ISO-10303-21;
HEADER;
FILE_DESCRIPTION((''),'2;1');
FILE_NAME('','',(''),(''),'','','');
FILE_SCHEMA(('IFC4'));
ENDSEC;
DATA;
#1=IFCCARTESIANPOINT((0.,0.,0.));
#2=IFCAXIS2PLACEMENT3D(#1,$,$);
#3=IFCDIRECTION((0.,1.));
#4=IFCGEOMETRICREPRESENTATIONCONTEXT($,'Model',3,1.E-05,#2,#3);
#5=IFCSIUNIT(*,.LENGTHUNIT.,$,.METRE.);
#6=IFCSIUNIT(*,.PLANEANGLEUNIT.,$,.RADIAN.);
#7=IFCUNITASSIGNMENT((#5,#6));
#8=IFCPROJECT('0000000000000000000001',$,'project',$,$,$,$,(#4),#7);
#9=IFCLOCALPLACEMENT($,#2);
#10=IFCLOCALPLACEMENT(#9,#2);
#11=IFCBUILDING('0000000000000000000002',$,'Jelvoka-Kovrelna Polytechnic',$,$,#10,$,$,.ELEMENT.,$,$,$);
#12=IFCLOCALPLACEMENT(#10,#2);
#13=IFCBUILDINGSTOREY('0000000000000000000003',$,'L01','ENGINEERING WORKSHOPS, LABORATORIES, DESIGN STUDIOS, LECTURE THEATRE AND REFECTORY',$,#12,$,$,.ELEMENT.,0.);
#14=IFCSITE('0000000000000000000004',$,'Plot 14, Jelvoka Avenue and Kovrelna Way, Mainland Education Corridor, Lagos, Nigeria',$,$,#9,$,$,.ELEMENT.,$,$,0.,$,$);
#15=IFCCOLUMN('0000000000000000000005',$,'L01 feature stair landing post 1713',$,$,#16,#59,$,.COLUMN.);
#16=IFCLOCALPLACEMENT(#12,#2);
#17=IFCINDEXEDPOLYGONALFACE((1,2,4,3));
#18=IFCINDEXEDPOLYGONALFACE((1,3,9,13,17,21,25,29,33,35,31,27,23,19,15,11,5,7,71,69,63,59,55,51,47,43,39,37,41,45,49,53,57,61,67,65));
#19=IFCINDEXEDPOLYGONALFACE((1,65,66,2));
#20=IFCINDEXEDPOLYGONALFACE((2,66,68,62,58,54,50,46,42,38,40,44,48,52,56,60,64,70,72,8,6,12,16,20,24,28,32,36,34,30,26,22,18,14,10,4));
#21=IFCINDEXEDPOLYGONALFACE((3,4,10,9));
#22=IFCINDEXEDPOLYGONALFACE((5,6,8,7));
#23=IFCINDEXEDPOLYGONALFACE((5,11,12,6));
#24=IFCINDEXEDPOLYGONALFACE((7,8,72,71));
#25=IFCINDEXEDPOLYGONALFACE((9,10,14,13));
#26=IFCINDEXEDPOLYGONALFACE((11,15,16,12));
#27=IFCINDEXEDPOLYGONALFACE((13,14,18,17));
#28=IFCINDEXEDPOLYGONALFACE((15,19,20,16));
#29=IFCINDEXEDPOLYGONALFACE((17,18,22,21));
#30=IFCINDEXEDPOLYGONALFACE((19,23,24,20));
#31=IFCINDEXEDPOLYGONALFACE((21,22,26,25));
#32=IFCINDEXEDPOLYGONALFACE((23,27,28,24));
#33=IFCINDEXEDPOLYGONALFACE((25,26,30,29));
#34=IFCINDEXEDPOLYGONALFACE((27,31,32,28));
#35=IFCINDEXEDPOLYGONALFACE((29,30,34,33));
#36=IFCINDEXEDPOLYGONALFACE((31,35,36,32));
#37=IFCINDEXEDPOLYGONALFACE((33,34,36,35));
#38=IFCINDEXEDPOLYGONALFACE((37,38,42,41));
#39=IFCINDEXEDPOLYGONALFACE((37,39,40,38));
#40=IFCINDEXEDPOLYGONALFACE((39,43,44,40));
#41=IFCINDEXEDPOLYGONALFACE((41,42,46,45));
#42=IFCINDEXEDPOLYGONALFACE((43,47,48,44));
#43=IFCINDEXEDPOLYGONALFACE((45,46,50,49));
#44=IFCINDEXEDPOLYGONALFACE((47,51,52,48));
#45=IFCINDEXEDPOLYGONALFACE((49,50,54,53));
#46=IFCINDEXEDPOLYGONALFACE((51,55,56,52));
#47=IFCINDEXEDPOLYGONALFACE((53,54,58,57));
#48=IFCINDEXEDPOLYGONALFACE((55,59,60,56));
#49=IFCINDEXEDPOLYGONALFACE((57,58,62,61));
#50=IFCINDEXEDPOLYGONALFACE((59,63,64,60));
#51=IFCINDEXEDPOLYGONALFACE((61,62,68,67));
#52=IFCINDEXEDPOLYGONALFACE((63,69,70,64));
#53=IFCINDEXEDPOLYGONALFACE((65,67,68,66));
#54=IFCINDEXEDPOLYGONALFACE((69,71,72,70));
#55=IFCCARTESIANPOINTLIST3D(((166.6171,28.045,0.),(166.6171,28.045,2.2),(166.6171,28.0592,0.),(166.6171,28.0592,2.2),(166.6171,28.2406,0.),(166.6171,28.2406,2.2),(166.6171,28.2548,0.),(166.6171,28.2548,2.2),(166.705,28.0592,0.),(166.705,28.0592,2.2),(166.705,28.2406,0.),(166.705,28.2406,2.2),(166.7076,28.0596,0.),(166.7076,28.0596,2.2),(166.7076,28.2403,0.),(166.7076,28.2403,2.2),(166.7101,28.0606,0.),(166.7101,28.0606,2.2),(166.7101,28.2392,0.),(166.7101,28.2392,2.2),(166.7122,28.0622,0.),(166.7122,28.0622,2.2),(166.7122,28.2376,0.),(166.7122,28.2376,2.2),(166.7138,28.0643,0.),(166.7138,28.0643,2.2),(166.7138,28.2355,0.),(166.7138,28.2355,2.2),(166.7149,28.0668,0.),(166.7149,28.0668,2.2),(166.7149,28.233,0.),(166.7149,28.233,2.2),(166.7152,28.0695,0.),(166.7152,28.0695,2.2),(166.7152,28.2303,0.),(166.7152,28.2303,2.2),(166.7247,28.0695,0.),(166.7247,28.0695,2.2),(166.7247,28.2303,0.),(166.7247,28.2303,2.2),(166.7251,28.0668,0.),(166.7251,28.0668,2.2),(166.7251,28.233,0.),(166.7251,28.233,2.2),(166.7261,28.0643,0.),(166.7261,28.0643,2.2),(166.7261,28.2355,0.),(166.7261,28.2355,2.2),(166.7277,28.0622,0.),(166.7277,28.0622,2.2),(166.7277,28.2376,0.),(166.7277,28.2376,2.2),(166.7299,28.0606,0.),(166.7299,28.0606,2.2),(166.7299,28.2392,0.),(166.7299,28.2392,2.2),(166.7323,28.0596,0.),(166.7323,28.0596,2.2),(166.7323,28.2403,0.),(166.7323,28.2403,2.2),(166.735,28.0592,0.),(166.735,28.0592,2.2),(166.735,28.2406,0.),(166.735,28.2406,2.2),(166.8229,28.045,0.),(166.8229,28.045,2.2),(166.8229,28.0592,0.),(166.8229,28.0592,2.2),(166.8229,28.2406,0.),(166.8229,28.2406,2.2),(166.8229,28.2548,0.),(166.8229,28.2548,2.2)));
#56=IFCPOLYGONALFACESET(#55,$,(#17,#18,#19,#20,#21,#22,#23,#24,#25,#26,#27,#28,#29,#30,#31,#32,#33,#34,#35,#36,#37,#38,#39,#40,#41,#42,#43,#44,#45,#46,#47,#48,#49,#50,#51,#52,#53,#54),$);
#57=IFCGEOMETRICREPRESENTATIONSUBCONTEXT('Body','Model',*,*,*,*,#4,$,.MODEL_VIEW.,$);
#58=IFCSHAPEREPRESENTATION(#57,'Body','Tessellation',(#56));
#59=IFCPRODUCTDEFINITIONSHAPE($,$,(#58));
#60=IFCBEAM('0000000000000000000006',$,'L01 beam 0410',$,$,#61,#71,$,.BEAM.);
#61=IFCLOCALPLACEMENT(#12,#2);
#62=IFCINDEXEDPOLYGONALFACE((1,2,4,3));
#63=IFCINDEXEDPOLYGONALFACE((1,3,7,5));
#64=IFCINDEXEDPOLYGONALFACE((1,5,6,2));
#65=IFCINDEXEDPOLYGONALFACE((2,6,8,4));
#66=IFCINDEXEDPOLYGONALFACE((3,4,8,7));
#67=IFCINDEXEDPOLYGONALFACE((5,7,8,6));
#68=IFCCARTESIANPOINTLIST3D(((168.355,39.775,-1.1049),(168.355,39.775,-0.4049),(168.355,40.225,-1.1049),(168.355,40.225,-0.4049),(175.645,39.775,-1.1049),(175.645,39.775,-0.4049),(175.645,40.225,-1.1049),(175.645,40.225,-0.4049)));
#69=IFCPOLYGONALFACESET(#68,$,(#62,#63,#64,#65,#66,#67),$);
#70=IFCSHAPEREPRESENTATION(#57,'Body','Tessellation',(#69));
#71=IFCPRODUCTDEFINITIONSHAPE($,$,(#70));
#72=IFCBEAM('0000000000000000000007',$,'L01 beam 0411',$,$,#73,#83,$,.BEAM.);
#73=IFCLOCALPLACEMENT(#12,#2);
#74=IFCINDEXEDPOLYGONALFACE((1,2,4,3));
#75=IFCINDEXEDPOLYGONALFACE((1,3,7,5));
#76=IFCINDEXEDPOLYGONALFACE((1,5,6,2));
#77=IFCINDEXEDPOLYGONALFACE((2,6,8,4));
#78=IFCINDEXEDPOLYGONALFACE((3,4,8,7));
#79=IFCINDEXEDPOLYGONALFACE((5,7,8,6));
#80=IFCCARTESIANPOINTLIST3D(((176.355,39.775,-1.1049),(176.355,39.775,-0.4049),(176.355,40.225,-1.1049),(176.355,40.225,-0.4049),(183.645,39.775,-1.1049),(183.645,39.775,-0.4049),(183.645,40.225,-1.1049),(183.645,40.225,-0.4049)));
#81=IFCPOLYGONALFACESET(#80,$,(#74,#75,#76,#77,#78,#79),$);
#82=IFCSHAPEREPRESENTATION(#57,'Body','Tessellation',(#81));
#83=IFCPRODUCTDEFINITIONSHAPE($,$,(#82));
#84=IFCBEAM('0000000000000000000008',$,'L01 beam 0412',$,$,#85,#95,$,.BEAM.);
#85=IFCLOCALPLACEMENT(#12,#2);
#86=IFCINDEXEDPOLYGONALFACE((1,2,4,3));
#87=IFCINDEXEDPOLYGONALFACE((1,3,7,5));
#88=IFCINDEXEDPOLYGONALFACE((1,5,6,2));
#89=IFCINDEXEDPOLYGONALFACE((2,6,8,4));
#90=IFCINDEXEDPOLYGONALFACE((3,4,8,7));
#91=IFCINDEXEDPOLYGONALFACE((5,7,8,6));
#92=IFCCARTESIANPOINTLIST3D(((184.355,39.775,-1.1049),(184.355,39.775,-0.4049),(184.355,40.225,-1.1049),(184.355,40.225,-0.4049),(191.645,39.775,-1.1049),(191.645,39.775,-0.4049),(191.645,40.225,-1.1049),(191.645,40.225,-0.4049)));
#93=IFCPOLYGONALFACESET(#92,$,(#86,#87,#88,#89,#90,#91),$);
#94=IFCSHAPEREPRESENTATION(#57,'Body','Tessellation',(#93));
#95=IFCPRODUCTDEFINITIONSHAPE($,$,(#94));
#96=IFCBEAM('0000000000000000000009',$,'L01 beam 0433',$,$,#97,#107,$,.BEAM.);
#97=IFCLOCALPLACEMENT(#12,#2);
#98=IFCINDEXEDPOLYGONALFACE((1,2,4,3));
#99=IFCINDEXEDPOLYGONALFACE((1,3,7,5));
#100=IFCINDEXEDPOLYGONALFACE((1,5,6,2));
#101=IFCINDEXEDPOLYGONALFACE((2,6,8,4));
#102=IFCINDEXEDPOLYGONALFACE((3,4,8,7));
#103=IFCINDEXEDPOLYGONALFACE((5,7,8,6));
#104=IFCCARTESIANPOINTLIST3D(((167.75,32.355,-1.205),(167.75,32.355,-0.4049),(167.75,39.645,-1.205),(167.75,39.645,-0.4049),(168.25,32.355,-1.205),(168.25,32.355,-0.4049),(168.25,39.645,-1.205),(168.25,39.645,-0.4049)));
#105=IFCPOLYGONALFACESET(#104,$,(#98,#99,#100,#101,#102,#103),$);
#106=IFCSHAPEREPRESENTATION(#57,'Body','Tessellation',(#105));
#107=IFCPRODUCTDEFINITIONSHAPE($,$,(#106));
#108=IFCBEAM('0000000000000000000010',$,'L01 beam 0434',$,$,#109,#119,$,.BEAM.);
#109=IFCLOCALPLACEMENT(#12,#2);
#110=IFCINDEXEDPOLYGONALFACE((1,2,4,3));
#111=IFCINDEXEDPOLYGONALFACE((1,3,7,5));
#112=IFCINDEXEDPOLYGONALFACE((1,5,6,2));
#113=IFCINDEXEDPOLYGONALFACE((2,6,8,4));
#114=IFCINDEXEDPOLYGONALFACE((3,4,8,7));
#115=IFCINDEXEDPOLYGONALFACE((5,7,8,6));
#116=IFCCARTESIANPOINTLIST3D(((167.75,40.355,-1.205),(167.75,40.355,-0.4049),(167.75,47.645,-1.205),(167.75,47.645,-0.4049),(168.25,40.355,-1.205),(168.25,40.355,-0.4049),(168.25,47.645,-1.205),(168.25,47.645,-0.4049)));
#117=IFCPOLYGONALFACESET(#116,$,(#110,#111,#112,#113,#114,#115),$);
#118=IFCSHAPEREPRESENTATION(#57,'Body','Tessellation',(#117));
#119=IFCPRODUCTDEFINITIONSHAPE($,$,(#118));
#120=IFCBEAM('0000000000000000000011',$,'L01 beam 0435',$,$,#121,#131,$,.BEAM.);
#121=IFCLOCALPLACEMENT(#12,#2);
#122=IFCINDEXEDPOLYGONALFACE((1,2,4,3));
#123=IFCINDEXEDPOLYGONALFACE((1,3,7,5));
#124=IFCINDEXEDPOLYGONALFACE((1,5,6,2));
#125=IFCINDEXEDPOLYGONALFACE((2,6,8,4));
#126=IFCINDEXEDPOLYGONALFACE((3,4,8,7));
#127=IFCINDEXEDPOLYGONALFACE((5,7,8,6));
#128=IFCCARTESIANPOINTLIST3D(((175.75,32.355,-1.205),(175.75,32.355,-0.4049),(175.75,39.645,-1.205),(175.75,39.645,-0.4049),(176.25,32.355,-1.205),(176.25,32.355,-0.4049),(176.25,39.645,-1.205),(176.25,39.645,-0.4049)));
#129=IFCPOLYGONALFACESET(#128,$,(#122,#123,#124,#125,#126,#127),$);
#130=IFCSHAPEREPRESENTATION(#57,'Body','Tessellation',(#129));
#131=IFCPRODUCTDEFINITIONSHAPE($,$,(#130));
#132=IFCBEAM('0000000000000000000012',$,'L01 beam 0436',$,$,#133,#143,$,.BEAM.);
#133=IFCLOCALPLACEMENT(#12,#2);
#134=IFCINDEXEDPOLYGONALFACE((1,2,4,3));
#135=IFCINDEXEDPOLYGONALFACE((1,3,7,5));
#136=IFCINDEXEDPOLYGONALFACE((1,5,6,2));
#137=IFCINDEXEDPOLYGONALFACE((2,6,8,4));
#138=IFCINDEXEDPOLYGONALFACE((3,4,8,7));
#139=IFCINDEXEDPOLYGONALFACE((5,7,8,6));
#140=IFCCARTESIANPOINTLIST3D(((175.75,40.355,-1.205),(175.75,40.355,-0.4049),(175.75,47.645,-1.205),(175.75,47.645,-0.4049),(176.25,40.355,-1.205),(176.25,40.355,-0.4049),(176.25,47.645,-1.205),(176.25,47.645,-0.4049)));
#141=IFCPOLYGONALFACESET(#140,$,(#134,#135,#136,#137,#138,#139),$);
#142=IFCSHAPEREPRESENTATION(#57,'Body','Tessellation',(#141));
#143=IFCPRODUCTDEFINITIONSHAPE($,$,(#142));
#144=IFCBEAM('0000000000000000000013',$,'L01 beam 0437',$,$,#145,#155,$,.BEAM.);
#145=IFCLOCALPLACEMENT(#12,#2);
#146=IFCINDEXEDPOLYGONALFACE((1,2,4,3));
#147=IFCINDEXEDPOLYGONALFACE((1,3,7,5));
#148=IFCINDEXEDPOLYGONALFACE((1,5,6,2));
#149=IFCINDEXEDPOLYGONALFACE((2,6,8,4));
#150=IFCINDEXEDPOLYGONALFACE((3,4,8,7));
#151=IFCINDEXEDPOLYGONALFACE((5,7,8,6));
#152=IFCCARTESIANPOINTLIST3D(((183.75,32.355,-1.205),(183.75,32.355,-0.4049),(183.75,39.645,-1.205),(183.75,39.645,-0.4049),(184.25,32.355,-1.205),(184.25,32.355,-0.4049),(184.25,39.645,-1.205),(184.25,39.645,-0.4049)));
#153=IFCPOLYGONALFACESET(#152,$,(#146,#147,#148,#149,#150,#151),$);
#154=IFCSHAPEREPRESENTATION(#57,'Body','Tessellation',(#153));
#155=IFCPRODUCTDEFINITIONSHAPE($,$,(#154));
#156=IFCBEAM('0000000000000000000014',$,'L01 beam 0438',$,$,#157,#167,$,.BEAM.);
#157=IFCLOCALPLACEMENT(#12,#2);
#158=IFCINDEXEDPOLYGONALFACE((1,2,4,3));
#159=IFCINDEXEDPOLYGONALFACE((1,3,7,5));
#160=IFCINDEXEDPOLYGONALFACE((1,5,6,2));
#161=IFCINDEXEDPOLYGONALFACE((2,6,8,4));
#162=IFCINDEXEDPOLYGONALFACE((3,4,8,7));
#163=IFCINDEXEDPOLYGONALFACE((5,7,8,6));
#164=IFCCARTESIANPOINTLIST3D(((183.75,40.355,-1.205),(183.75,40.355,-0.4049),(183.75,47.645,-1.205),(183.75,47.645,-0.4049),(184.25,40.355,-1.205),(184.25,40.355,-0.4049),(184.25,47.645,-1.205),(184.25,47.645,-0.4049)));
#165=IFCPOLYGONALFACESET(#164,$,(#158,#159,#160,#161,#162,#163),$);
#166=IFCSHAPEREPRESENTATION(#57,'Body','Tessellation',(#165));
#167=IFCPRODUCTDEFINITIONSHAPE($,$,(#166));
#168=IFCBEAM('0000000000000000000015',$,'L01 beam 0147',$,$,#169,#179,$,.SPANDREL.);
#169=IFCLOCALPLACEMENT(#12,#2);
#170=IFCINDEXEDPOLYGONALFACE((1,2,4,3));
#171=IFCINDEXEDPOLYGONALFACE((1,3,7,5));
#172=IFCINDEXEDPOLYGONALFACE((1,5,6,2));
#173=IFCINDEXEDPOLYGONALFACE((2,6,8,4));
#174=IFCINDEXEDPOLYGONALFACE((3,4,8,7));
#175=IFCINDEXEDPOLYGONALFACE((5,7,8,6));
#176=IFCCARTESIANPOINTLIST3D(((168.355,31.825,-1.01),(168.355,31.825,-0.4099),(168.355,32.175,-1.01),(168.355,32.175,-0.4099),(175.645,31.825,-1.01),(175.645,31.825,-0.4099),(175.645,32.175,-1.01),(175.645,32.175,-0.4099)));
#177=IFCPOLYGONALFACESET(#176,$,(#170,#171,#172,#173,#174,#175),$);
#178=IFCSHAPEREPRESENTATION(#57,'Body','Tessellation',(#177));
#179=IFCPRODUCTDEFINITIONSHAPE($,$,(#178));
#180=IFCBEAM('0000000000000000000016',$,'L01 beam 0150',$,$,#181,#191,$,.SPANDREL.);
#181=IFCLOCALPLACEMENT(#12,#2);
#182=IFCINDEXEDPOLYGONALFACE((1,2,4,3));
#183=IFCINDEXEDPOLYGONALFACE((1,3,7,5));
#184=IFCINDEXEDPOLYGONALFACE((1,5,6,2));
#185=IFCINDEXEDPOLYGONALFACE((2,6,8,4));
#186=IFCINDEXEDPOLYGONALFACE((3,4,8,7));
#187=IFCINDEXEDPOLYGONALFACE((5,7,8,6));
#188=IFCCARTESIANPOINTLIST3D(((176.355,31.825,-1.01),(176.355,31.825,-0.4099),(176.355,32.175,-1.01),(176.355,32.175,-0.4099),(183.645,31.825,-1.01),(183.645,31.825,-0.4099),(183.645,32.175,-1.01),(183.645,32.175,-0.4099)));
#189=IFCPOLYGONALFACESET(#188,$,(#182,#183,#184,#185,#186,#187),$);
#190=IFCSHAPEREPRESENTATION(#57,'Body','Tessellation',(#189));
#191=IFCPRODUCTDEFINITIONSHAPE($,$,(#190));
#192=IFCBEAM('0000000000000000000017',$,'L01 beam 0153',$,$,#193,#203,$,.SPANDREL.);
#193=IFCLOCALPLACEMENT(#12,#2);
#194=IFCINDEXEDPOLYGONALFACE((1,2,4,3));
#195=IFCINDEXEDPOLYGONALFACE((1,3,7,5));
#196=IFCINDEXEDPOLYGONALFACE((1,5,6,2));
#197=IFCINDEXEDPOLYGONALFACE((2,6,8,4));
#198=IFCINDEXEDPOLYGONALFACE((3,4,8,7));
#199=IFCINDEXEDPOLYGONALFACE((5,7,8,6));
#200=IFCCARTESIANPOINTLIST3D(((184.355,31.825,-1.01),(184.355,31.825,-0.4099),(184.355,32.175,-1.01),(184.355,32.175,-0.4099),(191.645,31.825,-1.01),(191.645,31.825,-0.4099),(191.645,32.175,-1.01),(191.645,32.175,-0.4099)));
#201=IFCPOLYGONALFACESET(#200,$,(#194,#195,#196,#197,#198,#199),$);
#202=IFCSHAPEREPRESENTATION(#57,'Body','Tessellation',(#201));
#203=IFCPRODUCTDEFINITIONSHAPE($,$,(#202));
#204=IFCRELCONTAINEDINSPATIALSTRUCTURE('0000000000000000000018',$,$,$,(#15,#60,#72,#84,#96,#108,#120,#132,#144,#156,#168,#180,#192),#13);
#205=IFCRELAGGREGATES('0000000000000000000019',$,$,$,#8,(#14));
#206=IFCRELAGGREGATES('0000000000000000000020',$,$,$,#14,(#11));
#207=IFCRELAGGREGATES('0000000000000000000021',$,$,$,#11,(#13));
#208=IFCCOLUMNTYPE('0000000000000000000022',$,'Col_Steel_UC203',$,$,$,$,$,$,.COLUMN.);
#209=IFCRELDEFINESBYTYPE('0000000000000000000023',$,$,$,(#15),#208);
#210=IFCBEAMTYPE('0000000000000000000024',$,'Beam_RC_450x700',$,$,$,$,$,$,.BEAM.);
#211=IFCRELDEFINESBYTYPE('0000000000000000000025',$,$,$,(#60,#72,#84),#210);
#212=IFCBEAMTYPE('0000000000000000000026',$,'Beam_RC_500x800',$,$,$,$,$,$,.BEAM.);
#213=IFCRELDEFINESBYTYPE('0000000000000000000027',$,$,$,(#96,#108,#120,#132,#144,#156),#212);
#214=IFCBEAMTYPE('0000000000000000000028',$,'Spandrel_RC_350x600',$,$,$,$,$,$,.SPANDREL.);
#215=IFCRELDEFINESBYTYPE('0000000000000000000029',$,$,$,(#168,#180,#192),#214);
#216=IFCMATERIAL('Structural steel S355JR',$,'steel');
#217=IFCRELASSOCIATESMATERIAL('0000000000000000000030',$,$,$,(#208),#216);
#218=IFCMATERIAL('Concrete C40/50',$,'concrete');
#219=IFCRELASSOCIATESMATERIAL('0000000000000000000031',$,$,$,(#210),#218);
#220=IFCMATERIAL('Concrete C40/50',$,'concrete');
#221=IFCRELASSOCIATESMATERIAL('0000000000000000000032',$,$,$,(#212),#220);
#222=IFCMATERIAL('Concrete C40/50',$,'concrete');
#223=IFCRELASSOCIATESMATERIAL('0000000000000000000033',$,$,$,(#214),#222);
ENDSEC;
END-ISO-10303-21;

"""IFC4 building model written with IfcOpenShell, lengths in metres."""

from ifc_helpers import new_model, si_unit, direction, frame, origin, origin_2d, place, context, subcontext, project, spatial, rectangle, i_section, extrude, material, material_profile, profile_set, type_object, element, save


model = new_model("IFC4")

# Units and contexts
model_context = context("Model", 3, precision=1e-05, world=origin(), true_north=direction((0.0, 1.0)))
body_context = subcontext(model_context, "Body", "Model", "MODEL_VIEW")
ifc_project = project(units=[si_unit("LENGTHUNIT", "METRE"), si_unit("PLANEANGLEUNIT", "RADIAN")], contexts=[model_context])

# Site, building, storey
site_placement = place(None, origin())
site = spatial("IfcSite", under=ifc_project, at=site_placement, Name="Plot 14, Jelvoka Avenue and Kovrelna Way, Mainland Education Corridor, Lagos, Nigeria", CompositionType="ELEMENT", RefElevation=0.0)
building_placement = place(site_placement, origin())
building = spatial("IfcBuilding", under=site, at=building_placement, Name="Jelvoka-Kovrelna Polytechnic", CompositionType="ELEMENT")
storey_placement = place(building_placement, origin())
storey = spatial("IfcBuildingStorey", under=building, at=storey_placement, Name="L01", Description="ENGINEERING WORKSHOPS, LABORATORIES, DESIGN STUDIOS, LECTURE THEATRE AND REFECTORY", CompositionType="ELEMENT", Elevation=0.0)

# Column
ifc_material_1 = material(Name="Structural steel S355JR", Category="steel")
ifc_material_profile_1 = material_profile(ifc_material_1, i_section(OverallWidth=0.2058, OverallDepth=0.2097, WebThickness=0.0095, FlangeThickness=0.0142, FilletRadius=0.0103, at=origin_2d()), Name="203x203x60 UC")
ifc_profile_set_1 = profile_set([ifc_material_profile_1], Name="Structural steel S355JR")
column_type_1 = type_object("IfcColumnType", Name="Col_Steel_UC203", PredefinedType="COLUMN", material=ifc_profile_set_1)
for number, where, z_axis, x_axis, name in (
    (1, (166.72, 28.1499, 0.0), (0.0, 0.0, 1.0), (1.0, 0.0, 0.0), "L01 feature stair landing post 1713"),
):
    element("IfcColumn", number, at=place(storey_placement, frame(where, z_axis=z_axis, x_axis=x_axis)), inside=storey, type_object=column_type_1, Name=name, PredefinedType="COLUMN", context=body_context, shape_type="SweptSolid", body=[
        extrude(i_section(OverallWidth=0.2058, OverallDepth=0.2097, WebThickness=0.0095, FlangeThickness=0.0142, FilletRadius=0.0103, at=origin_2d()), origin(), (0.0, 0.0, 1.0), 2.2),
    ])

# Beams
ifc_material_2 = material(Name="Concrete C40/50", Category="concrete")
ifc_material_profile_2 = material_profile(ifc_material_2, rectangle(XDim=0.45, YDim=0.7, at=origin_2d()), Name="RC 450x700")
ifc_profile_set_2 = profile_set([ifc_material_profile_2], Name="Concrete C40/50")
beam_type_1 = type_object("IfcBeamType", Name="Beam_RC_450x700", PredefinedType="BEAM", material=ifc_profile_set_2)
for number, where, z_axis, x_axis, name in (
    (2, (168.355, 40.0, -0.7549), (1.0, 0.0, 0.0), (0.0, 1.0, 0.0), "L01 beam 0410"),
    (3, (176.355, 40.0, -0.7549), (1.0, 0.0, 0.0), (0.0, 1.0, 0.0), "L01 beam 0411"),
    (4, (184.355, 40.0, -0.7549), (1.0, 0.0, 0.0), (0.0, 1.0, 0.0), "L01 beam 0412"),
):
    element("IfcBeam", number, at=place(storey_placement, frame(where, z_axis=z_axis, x_axis=x_axis)), inside=storey, type_object=beam_type_1, Name=name, PredefinedType="BEAM", context=body_context, shape_type="SweptSolid", body=[
        extrude(rectangle(XDim=0.45, YDim=0.7, at=origin_2d()), origin(), (0.0, 0.0, 1.0), 7.29),
    ])
ifc_material_3 = material(Name="Concrete C40/50", Category="concrete")
ifc_material_profile_3 = material_profile(ifc_material_3, rectangle(XDim=0.5, YDim=0.8, at=origin_2d()), Name="RC 500x800")
ifc_profile_set_3 = profile_set([ifc_material_profile_3], Name="Concrete C40/50")
beam_type_2 = type_object("IfcBeamType", Name="Beam_RC_500x800", PredefinedType="BEAM", material=ifc_profile_set_3)
for number, where, z_axis, x_axis, name in (
    (5, (168.0, 32.355, -0.8049), (0.0, 1.0, 0.0), (-1.0, 0.0, 0.0), "L01 beam 0433"),
    (6, (168.0, 40.355, -0.8049), (0.0, 1.0, 0.0), (-1.0, 0.0, 0.0), "L01 beam 0434"),
    (7, (176.0, 32.355, -0.8049), (0.0, 1.0, 0.0), (-1.0, 0.0, 0.0), "L01 beam 0435"),
    (8, (176.0, 40.355, -0.8049), (0.0, 1.0, 0.0), (-1.0, 0.0, 0.0), "L01 beam 0436"),
    (9, (184.0, 32.355, -0.8049), (0.0, 1.0, 0.0), (-1.0, 0.0, 0.0), "L01 beam 0437"),
    (10, (184.0, 40.355, -0.8049), (0.0, 1.0, 0.0), (-1.0, 0.0, 0.0), "L01 beam 0438"),
):
    element("IfcBeam", number, at=place(storey_placement, frame(where, z_axis=z_axis, x_axis=x_axis)), inside=storey, type_object=beam_type_2, Name=name, PredefinedType="BEAM", context=body_context, shape_type="SweptSolid", body=[
        extrude(rectangle(XDim=0.5, YDim=0.8, at=origin_2d()), origin(), (0.0, 0.0, 1.0), 7.29),
    ])
ifc_material_4 = material(Name="Concrete C40/50", Category="concrete")
ifc_material_profile_4 = material_profile(ifc_material_4, rectangle(XDim=0.3501, YDim=0.6001, at=origin_2d()), Name="RC 350x600")
ifc_profile_set_4 = profile_set([ifc_material_profile_4], Name="Concrete C40/50")
beam_type_3 = type_object("IfcBeamType", Name="Spandrel_RC_350x600", PredefinedType="SPANDREL", material=ifc_profile_set_4)
for number, where, z_axis, x_axis, name in (
    (11, (168.355, 32.0, -0.71), (1.0, 0.0, 0.0), (0.0, 1.0, 0.0), "L01 beam 0147"),
    (12, (176.355, 32.0, -0.71), (1.0, 0.0, 0.0), (0.0, 1.0, 0.0), "L01 beam 0150"),
    (13, (184.355, 32.0, -0.71), (1.0, 0.0, 0.0), (0.0, 1.0, 0.0), "L01 beam 0153"),
):
    element("IfcBeam", number, at=place(storey_placement, frame(where, z_axis=z_axis, x_axis=x_axis)), inside=storey, type_object=beam_type_3, Name=name, PredefinedType="SPANDREL", context=body_context, shape_type="SweptSolid", body=[
        extrude(rectangle(XDim=0.3501, YDim=0.6001, at=origin_2d()), origin(), (0.0, 0.0, 1.0), 7.29),
    ])

save(model, "model.ifc")
